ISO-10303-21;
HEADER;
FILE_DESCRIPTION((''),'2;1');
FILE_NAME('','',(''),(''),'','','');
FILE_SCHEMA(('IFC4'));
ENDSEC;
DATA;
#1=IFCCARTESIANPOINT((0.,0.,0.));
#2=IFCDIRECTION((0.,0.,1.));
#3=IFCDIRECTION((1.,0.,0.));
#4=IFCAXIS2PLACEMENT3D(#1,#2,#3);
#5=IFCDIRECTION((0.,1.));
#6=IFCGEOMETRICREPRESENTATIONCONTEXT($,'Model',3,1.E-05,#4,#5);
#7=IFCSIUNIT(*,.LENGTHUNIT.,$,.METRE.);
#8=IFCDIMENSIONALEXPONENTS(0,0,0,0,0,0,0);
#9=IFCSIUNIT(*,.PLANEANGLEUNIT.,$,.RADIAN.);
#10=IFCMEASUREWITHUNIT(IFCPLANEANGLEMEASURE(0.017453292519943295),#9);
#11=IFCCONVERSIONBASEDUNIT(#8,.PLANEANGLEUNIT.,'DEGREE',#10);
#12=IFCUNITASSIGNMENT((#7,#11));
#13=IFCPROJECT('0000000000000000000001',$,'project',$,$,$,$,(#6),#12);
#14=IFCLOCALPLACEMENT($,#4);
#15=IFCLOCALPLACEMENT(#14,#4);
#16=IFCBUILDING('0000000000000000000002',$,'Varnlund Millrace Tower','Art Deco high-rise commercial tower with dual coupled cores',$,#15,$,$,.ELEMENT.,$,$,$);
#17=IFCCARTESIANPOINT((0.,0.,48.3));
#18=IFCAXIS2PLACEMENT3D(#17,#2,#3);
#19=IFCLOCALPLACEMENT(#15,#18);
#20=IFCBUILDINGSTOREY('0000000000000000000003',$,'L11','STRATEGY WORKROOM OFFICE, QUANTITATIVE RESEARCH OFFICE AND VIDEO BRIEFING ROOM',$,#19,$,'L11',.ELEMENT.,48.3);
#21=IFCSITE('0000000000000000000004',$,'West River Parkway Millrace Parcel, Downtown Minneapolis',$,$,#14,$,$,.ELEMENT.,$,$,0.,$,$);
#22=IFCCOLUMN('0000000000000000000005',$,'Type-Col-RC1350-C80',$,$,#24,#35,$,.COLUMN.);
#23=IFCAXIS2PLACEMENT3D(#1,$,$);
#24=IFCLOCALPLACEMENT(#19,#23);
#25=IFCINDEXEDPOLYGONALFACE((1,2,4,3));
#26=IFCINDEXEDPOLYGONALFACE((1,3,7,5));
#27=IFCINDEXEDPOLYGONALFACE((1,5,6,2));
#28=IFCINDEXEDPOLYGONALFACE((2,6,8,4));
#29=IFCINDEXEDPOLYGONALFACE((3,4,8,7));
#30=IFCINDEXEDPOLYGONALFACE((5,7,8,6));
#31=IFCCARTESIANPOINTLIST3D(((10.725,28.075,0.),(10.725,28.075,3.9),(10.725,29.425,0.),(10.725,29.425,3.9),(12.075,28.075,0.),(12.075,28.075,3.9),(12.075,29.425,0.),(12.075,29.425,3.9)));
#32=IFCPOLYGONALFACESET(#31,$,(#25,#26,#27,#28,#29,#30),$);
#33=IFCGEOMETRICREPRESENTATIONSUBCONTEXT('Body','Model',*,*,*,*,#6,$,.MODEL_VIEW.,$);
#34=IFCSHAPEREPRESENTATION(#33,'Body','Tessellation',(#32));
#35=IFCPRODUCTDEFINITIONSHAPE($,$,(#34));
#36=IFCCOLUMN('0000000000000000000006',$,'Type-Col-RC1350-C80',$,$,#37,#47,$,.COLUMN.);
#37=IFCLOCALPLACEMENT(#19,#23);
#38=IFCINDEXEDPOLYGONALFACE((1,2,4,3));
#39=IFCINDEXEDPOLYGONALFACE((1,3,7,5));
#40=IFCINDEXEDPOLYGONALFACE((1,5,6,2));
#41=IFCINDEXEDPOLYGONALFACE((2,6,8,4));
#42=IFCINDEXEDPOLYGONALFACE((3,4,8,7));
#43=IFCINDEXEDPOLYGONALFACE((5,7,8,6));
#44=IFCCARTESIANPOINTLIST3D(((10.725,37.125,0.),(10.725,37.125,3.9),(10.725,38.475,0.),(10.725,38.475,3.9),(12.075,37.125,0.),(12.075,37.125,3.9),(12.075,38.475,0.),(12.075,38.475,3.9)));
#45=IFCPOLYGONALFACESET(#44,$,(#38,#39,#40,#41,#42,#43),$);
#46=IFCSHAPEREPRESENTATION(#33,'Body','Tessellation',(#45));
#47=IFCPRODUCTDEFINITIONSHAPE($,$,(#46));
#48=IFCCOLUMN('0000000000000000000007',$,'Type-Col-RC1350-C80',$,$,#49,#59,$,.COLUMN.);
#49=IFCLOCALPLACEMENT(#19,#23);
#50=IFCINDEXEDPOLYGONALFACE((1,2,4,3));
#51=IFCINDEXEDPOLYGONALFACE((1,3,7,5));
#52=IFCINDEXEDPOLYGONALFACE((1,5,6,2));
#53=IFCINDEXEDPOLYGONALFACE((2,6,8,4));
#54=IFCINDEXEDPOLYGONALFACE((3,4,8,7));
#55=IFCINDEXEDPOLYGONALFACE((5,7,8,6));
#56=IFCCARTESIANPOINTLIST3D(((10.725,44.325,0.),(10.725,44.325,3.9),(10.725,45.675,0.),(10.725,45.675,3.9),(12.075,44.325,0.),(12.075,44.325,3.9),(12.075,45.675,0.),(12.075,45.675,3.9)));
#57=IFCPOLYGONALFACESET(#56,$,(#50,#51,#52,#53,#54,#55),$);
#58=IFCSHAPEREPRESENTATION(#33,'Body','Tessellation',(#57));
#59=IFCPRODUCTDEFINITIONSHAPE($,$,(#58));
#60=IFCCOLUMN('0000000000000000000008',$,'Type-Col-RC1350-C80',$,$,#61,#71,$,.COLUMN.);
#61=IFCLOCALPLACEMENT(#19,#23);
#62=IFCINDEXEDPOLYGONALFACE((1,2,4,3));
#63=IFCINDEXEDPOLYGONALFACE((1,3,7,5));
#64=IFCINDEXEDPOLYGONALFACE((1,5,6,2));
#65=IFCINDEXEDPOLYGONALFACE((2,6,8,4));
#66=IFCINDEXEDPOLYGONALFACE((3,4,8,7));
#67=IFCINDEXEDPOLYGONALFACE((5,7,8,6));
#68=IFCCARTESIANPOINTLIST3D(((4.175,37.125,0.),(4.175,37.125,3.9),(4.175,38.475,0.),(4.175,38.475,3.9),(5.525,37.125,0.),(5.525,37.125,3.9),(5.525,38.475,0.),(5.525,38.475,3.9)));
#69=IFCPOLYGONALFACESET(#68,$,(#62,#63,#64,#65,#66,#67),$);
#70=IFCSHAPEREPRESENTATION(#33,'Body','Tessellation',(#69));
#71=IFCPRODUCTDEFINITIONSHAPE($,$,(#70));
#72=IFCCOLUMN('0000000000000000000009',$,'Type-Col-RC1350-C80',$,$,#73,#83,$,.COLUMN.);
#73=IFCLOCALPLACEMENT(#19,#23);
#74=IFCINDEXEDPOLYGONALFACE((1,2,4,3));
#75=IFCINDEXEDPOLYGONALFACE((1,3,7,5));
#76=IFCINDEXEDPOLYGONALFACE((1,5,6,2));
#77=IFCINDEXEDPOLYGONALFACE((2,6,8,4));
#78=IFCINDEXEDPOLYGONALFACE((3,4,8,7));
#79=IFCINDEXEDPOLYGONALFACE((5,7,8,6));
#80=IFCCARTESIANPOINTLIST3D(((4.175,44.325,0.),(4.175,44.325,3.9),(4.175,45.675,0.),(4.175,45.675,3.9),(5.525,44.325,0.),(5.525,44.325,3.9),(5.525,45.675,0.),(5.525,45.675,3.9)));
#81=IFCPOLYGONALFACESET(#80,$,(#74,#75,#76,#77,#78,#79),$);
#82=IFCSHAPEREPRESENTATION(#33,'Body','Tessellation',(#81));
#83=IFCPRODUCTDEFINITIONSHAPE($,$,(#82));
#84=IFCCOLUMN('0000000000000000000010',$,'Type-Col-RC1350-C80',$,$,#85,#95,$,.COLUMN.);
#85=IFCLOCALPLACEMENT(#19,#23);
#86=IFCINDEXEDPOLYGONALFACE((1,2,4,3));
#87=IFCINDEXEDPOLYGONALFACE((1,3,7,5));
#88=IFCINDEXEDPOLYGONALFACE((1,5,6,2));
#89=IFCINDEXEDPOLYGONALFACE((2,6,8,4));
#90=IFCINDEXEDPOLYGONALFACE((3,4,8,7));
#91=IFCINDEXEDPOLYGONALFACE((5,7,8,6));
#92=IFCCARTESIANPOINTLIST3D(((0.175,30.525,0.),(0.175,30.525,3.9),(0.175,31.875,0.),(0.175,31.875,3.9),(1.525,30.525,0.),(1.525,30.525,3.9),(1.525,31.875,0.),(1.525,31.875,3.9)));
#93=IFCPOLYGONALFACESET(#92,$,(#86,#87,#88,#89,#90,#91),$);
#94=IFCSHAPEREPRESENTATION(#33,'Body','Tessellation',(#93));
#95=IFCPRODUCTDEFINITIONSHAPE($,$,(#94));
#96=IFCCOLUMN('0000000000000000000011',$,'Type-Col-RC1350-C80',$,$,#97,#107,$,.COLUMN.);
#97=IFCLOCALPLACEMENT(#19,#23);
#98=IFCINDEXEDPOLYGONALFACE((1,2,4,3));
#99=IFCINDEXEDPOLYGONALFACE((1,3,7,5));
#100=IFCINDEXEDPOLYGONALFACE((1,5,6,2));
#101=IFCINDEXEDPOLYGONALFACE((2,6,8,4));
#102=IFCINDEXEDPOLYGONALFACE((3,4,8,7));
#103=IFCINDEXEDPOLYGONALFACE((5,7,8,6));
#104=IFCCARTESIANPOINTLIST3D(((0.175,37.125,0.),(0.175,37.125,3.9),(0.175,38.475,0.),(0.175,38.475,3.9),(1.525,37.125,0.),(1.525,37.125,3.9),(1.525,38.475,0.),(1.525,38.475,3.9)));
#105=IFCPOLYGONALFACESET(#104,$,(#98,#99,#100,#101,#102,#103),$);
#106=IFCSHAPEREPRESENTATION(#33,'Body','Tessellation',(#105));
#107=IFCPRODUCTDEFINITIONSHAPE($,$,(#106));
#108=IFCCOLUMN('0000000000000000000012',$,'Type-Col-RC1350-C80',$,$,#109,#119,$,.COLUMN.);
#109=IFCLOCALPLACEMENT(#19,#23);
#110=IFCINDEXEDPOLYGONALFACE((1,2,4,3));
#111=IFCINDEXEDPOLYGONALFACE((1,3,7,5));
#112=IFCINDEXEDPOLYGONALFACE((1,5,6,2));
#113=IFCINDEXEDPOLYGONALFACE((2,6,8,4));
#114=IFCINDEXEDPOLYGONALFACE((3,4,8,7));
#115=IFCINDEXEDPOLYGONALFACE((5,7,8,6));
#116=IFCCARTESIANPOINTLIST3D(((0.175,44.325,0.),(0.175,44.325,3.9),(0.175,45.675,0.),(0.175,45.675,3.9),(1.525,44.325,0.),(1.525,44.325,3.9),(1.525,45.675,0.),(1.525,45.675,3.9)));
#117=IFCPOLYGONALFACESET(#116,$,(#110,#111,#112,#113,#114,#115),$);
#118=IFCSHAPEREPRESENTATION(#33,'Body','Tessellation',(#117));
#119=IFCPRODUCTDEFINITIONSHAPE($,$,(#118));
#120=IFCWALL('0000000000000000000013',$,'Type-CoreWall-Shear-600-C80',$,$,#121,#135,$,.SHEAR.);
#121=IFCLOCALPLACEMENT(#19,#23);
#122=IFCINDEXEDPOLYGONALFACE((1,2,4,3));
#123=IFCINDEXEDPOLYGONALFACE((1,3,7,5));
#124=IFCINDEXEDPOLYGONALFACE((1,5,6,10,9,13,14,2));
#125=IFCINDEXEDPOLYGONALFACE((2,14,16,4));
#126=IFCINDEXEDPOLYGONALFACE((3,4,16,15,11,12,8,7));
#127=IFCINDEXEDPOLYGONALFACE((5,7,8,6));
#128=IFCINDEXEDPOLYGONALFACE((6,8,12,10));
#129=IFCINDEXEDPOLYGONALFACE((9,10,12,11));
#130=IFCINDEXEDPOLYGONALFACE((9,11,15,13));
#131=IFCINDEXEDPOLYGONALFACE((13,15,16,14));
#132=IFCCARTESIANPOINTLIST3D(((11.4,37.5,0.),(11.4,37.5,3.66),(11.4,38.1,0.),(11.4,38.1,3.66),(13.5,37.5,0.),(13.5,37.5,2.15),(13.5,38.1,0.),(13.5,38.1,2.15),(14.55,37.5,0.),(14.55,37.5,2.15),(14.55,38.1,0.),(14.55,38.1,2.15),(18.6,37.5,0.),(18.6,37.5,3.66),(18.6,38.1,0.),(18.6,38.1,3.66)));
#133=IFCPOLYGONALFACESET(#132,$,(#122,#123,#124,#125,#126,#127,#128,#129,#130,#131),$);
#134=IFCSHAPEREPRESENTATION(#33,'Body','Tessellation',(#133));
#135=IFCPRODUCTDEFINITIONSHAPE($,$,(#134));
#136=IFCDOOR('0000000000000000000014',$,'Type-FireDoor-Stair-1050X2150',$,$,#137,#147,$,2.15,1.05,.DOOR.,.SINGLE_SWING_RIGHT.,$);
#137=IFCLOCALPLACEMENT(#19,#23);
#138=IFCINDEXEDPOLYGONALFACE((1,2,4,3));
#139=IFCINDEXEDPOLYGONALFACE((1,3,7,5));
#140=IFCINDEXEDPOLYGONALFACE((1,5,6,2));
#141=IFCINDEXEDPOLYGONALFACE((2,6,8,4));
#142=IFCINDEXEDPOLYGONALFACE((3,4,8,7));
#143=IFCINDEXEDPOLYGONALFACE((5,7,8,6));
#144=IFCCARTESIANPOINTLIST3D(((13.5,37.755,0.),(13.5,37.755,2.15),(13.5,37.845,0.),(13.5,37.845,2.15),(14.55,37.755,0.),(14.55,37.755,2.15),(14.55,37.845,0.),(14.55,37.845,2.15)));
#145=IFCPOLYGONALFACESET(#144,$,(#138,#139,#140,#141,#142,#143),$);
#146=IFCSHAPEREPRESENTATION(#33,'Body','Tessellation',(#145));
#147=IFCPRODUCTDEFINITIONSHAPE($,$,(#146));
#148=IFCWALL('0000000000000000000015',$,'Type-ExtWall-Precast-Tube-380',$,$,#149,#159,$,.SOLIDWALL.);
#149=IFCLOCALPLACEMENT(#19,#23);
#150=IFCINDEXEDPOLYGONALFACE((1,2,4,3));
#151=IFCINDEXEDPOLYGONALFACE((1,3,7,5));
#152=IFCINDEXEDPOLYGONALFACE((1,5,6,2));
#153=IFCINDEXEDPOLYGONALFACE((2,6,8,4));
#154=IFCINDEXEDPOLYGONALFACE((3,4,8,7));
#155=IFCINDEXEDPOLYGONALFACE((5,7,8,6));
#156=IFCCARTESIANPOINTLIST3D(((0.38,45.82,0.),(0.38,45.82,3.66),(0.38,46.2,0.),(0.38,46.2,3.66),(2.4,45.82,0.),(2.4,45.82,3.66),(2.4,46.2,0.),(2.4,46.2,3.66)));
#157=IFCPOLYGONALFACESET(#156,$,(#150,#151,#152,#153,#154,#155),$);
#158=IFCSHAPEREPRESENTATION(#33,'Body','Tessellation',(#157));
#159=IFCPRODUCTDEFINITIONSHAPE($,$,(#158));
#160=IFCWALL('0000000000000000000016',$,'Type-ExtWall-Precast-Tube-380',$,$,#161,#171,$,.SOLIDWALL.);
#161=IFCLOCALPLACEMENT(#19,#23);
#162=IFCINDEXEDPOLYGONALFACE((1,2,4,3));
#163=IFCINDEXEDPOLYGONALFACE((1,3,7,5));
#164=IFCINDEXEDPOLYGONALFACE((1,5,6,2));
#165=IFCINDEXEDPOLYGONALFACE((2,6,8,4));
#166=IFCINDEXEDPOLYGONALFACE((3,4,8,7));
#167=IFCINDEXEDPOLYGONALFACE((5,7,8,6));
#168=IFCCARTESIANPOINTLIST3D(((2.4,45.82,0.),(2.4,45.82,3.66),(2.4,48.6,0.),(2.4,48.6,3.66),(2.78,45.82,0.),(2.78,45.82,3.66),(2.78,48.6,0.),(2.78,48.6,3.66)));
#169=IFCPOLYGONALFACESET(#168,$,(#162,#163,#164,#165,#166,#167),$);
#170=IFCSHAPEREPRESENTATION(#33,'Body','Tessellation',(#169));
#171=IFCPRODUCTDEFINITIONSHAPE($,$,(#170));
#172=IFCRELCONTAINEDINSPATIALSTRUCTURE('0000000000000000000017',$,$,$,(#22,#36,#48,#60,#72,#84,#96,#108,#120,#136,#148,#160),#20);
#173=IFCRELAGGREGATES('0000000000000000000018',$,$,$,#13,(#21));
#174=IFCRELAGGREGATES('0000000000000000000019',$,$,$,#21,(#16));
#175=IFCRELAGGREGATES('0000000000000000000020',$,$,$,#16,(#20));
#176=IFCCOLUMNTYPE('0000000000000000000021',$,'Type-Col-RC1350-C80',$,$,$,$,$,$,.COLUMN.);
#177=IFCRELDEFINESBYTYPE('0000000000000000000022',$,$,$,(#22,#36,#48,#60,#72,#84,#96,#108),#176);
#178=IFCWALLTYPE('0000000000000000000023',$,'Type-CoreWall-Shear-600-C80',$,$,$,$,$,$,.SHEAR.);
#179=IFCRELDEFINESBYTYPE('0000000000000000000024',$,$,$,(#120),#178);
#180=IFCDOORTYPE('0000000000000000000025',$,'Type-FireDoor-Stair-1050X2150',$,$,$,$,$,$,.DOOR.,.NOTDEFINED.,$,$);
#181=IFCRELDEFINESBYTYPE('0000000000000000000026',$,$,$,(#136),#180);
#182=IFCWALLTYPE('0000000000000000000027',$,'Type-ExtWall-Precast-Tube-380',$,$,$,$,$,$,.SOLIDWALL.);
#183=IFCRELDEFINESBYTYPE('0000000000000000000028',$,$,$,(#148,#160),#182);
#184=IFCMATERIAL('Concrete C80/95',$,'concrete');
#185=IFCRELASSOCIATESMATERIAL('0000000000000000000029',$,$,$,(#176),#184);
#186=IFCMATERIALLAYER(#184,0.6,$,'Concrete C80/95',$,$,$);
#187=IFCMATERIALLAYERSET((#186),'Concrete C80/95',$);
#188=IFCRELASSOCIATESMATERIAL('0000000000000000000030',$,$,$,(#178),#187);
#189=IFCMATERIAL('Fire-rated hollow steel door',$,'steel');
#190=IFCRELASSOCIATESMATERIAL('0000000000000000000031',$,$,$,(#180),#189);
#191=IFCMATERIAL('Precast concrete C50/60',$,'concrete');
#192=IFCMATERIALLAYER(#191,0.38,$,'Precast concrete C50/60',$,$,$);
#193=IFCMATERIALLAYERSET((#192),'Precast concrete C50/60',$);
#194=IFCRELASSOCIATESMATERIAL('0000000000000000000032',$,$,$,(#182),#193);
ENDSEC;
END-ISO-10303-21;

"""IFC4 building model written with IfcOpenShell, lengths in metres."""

from ifc_helpers import new_model, entity, si_unit, converted_unit, direction, frame, origin_with_axes, origin_2d_with_axis, place, context, subcontext, project, spatial, polyline, rectangle, outline, extrude, material, layer, layer_set, material_profile, profile_set, type_object, element, fill, save


model = new_model("IFC4")

# Units and contexts
model_context = context("Model", 3, precision=1e-05, world=origin_with_axes(), true_north=direction((0.0, 1.0)))
body_context = subcontext(model_context, "Body", "Model", "MODEL_VIEW")
ifc_project = project(units=[si_unit("LENGTHUNIT", "METRE"), converted_unit("PLANEANGLEUNIT", "DEGREE", entity("IfcPlaneAngleMeasure", 0.017453292519943295), si_unit("PLANEANGLEUNIT", "RADIAN"), dimensions=[0, 0, 0, 0, 0, 0, 0])], contexts=[model_context])

# Site, building, storey
site_placement = place(None, origin_with_axes())
site = spatial("IfcSite", under=ifc_project, at=site_placement, Name="West River Parkway Millrace Parcel, Downtown Minneapolis", CompositionType="ELEMENT", RefElevation=0.0)
building_placement = place(site_placement, origin_with_axes())
building = spatial("IfcBuilding", under=site, at=building_placement, Name="Varnlund Millrace Tower", Description="Art Deco high-rise commercial tower with dual coupled cores", CompositionType="ELEMENT")
storey_placement = place(building_placement, frame((0.0, 0.0, 48.3), z_axis=(0.0, 0.0, 1.0), x_axis=(1.0, 0.0, 0.0)))
storey = spatial("IfcBuildingStorey", under=building, at=storey_placement, Name="L11", Description="STRATEGY WORKROOM OFFICE, QUANTITATIVE RESEARCH OFFICE AND VIDEO BRIEFING ROOM", LongName="L11", CompositionType="ELEMENT", Elevation=48.3)

# Columns
ifc_material_1 = material(Name="Concrete C80/95", Category="concrete")
ifc_material_profile = material_profile(ifc_material_1, rectangle(XDim=1.35, YDim=1.35, at=origin_2d_with_axis()), Name="Concrete C80/95")
ifc_profile_set = profile_set([ifc_material_profile], Name="Concrete C80/95")
column_type = type_object("IfcColumnType", Name="Type-Col-RC1350-C80", PredefinedType="COLUMN", material=ifc_profile_set)
for number, where, z_axis, x_axis, name in (
    (1, (11.4, 28.75, 0.0), (0.0, 0.0, 1.0), (1.0, 0.0, 0.0), "Type-Col-RC1350-C80"),
    (2, (11.4, 37.8, 0.0), (0.0, 0.0, 1.0), (1.0, 0.0, 0.0), "Type-Col-RC1350-C80"),
    (3, (11.4, 45.0, 0.0), (0.0, 0.0, 1.0), (1.0, 0.0, 0.0), "Type-Col-RC1350-C80"),
    (4, (4.85, 37.8, 0.0), (0.0, 0.0, 1.0), (1.0, 0.0, 0.0), "Type-Col-RC1350-C80"),
    (5, (4.85, 45.0, 0.0), (0.0, 0.0, 1.0), (1.0, 0.0, 0.0), "Type-Col-RC1350-C80"),
    (6, (0.85, 31.2, 0.0), (0.0, 0.0, 1.0), (1.0, 0.0, 0.0), "Type-Col-RC1350-C80"),
    (7, (0.85, 37.8, 0.0), (0.0, 0.0, 1.0), (1.0, 0.0, 0.0), "Type-Col-RC1350-C80"),
    (8, (0.85, 45.0, 0.0), (0.0, 0.0, 1.0), (1.0, 0.0, 0.0), "Type-Col-RC1350-C80"),
):
    element("IfcColumn", number, at=place(storey_placement, frame(where, z_axis=z_axis, x_axis=x_axis)), inside=storey, type_object=column_type, Name=name, PredefinedType="COLUMN", context=body_context, shape_type="SweptSolid", body=[
        extrude(rectangle(XDim=1.35, YDim=1.35, at=origin_2d_with_axis()), origin_with_axes(), (0.0, 0.0, 1.0), 3.9),
    ])

# Wall, opening, door
ifc_layer_1 = layer(ifc_material_1, 0.6, Name="Concrete C80/95")
ifc_layer_set_1 = layer_set([ifc_layer_1], Name="Concrete C80/95")
wall_type_1 = type_object("IfcWallType", Name="Type-CoreWall-Shear-600-C80", PredefinedType="SHEAR", material=ifc_layer_set_1)
wall_1_placement = place(storey_placement, frame((11.4, 37.8, 0.0), z_axis=(0.0, 0.0, 1.0), x_axis=(1.0, 0.0, 0.0)))
wall_1 = element("IfcWall", 9, at=wall_1_placement, inside=storey, type_object=wall_type_1, Name="Type-CoreWall-Shear-600-C80", PredefinedType="SHEAR", context=body_context, shape_type="SweptSolid", body=[
    extrude(outline(polyline([(0.0, -0.3), (7.2, -0.3), (7.2, 0.3), (0.0, 0.3), (0.0, -0.3)])), origin_with_axes(), (0.0, 0.0, 1.0), 3.66),
])
opening_1_placement = place(wall_1_placement, frame((2.625, 0.0, 0.0), z_axis=(0.0, 0.0, 1.0), x_axis=(1.0, 0.0, 0.0)))
opening_1 = element("IfcOpeningElement", 10, at=opening_1_placement, cuts=wall_1, PredefinedType="OPENING", context=body_context, shape_type="SweptSolid", body=[
    extrude(rectangle(XDim=1.05, YDim=0.62, at=origin_2d_with_axis()), origin_with_axes(), (0.0, 0.0, 1.0), 2.15),
])
ifc_material_2 = material(Name="Fire-rated hollow steel door", Category="steel")
door_type_1 = type_object("IfcDoorType", Name="Type-FireDoor-Stair-1050X2150", OperationType="NOTDEFINED", PredefinedType="DOOR", material=ifc_material_2)
door_1_placement = place(wall_1_placement, frame((2.625, 0.0, 0.0), z_axis=(0.0, 0.0, 1.0), x_axis=(1.0, 0.0, 0.0)))
door_1 = element("IfcDoor", 11, at=door_1_placement, inside=storey, type_object=door_type_1, Name="Type-FireDoor-Stair-1050X2150", OperationType="SINGLE_SWING_RIGHT", OverallHeight=2.15, OverallWidth=1.05, PredefinedType="DOOR", context=body_context, shape_type="SweptSolid", body=[
    extrude(rectangle(XDim=1.05, YDim=0.09, at=origin_2d_with_axis()), origin_with_axes(), (0.0, 0.0, 1.0), 2.15),
])
fill(opening_1, door_1)

# Walls
ifc_material_3 = material(Name="Precast concrete C50/60", Category="concrete")
ifc_layer_2 = layer(ifc_material_3, 0.38, Name="Precast concrete C50/60")
ifc_layer_set_2 = layer_set([ifc_layer_2], Name="Precast concrete C50/60")
wall_type_2 = type_object("IfcWallType", Name="Type-ExtWall-Precast-Tube-380", PredefinedType="SOLIDWALL", material=ifc_layer_set_2)
wall_2_placement = place(storey_placement, frame((0.38, 46.01, 0.0), z_axis=(0.0, 0.0, 1.0), x_axis=(1.0, 0.0, 0.0)))
element("IfcWall", 12, at=wall_2_placement, inside=storey, type_object=wall_type_2, Name="Type-ExtWall-Precast-Tube-380", PredefinedType="SOLIDWALL", context=body_context, shape_type="SweptSolid", body=[
    extrude(outline(polyline([(0.0, -0.19), (2.02, -0.19), (2.02, 0.19), (0.0, 0.19), (0.0, -0.19)])), origin_with_axes(), (0.0, 0.0, 1.0), 3.66),
])
wall_3_placement = place(storey_placement, frame((2.59, 45.82, 0.0), z_axis=(0.0, 0.0, 1.0), x_axis=(0.0, 1.0, 0.0)))
element("IfcWall", 13, at=wall_3_placement, inside=storey, type_object=wall_type_2, Name="Type-ExtWall-Precast-Tube-380", PredefinedType="SOLIDWALL", context=body_context, shape_type="SweptSolid", body=[
    extrude(outline(polyline([(0.0, -0.19), (2.78, -0.19), (2.78, 0.19), (0.0, 0.19), (0.0, -0.19)])), origin_with_axes(), (0.0, 0.0, 1.0), 3.66),
])

save(model, "model.ifc")
